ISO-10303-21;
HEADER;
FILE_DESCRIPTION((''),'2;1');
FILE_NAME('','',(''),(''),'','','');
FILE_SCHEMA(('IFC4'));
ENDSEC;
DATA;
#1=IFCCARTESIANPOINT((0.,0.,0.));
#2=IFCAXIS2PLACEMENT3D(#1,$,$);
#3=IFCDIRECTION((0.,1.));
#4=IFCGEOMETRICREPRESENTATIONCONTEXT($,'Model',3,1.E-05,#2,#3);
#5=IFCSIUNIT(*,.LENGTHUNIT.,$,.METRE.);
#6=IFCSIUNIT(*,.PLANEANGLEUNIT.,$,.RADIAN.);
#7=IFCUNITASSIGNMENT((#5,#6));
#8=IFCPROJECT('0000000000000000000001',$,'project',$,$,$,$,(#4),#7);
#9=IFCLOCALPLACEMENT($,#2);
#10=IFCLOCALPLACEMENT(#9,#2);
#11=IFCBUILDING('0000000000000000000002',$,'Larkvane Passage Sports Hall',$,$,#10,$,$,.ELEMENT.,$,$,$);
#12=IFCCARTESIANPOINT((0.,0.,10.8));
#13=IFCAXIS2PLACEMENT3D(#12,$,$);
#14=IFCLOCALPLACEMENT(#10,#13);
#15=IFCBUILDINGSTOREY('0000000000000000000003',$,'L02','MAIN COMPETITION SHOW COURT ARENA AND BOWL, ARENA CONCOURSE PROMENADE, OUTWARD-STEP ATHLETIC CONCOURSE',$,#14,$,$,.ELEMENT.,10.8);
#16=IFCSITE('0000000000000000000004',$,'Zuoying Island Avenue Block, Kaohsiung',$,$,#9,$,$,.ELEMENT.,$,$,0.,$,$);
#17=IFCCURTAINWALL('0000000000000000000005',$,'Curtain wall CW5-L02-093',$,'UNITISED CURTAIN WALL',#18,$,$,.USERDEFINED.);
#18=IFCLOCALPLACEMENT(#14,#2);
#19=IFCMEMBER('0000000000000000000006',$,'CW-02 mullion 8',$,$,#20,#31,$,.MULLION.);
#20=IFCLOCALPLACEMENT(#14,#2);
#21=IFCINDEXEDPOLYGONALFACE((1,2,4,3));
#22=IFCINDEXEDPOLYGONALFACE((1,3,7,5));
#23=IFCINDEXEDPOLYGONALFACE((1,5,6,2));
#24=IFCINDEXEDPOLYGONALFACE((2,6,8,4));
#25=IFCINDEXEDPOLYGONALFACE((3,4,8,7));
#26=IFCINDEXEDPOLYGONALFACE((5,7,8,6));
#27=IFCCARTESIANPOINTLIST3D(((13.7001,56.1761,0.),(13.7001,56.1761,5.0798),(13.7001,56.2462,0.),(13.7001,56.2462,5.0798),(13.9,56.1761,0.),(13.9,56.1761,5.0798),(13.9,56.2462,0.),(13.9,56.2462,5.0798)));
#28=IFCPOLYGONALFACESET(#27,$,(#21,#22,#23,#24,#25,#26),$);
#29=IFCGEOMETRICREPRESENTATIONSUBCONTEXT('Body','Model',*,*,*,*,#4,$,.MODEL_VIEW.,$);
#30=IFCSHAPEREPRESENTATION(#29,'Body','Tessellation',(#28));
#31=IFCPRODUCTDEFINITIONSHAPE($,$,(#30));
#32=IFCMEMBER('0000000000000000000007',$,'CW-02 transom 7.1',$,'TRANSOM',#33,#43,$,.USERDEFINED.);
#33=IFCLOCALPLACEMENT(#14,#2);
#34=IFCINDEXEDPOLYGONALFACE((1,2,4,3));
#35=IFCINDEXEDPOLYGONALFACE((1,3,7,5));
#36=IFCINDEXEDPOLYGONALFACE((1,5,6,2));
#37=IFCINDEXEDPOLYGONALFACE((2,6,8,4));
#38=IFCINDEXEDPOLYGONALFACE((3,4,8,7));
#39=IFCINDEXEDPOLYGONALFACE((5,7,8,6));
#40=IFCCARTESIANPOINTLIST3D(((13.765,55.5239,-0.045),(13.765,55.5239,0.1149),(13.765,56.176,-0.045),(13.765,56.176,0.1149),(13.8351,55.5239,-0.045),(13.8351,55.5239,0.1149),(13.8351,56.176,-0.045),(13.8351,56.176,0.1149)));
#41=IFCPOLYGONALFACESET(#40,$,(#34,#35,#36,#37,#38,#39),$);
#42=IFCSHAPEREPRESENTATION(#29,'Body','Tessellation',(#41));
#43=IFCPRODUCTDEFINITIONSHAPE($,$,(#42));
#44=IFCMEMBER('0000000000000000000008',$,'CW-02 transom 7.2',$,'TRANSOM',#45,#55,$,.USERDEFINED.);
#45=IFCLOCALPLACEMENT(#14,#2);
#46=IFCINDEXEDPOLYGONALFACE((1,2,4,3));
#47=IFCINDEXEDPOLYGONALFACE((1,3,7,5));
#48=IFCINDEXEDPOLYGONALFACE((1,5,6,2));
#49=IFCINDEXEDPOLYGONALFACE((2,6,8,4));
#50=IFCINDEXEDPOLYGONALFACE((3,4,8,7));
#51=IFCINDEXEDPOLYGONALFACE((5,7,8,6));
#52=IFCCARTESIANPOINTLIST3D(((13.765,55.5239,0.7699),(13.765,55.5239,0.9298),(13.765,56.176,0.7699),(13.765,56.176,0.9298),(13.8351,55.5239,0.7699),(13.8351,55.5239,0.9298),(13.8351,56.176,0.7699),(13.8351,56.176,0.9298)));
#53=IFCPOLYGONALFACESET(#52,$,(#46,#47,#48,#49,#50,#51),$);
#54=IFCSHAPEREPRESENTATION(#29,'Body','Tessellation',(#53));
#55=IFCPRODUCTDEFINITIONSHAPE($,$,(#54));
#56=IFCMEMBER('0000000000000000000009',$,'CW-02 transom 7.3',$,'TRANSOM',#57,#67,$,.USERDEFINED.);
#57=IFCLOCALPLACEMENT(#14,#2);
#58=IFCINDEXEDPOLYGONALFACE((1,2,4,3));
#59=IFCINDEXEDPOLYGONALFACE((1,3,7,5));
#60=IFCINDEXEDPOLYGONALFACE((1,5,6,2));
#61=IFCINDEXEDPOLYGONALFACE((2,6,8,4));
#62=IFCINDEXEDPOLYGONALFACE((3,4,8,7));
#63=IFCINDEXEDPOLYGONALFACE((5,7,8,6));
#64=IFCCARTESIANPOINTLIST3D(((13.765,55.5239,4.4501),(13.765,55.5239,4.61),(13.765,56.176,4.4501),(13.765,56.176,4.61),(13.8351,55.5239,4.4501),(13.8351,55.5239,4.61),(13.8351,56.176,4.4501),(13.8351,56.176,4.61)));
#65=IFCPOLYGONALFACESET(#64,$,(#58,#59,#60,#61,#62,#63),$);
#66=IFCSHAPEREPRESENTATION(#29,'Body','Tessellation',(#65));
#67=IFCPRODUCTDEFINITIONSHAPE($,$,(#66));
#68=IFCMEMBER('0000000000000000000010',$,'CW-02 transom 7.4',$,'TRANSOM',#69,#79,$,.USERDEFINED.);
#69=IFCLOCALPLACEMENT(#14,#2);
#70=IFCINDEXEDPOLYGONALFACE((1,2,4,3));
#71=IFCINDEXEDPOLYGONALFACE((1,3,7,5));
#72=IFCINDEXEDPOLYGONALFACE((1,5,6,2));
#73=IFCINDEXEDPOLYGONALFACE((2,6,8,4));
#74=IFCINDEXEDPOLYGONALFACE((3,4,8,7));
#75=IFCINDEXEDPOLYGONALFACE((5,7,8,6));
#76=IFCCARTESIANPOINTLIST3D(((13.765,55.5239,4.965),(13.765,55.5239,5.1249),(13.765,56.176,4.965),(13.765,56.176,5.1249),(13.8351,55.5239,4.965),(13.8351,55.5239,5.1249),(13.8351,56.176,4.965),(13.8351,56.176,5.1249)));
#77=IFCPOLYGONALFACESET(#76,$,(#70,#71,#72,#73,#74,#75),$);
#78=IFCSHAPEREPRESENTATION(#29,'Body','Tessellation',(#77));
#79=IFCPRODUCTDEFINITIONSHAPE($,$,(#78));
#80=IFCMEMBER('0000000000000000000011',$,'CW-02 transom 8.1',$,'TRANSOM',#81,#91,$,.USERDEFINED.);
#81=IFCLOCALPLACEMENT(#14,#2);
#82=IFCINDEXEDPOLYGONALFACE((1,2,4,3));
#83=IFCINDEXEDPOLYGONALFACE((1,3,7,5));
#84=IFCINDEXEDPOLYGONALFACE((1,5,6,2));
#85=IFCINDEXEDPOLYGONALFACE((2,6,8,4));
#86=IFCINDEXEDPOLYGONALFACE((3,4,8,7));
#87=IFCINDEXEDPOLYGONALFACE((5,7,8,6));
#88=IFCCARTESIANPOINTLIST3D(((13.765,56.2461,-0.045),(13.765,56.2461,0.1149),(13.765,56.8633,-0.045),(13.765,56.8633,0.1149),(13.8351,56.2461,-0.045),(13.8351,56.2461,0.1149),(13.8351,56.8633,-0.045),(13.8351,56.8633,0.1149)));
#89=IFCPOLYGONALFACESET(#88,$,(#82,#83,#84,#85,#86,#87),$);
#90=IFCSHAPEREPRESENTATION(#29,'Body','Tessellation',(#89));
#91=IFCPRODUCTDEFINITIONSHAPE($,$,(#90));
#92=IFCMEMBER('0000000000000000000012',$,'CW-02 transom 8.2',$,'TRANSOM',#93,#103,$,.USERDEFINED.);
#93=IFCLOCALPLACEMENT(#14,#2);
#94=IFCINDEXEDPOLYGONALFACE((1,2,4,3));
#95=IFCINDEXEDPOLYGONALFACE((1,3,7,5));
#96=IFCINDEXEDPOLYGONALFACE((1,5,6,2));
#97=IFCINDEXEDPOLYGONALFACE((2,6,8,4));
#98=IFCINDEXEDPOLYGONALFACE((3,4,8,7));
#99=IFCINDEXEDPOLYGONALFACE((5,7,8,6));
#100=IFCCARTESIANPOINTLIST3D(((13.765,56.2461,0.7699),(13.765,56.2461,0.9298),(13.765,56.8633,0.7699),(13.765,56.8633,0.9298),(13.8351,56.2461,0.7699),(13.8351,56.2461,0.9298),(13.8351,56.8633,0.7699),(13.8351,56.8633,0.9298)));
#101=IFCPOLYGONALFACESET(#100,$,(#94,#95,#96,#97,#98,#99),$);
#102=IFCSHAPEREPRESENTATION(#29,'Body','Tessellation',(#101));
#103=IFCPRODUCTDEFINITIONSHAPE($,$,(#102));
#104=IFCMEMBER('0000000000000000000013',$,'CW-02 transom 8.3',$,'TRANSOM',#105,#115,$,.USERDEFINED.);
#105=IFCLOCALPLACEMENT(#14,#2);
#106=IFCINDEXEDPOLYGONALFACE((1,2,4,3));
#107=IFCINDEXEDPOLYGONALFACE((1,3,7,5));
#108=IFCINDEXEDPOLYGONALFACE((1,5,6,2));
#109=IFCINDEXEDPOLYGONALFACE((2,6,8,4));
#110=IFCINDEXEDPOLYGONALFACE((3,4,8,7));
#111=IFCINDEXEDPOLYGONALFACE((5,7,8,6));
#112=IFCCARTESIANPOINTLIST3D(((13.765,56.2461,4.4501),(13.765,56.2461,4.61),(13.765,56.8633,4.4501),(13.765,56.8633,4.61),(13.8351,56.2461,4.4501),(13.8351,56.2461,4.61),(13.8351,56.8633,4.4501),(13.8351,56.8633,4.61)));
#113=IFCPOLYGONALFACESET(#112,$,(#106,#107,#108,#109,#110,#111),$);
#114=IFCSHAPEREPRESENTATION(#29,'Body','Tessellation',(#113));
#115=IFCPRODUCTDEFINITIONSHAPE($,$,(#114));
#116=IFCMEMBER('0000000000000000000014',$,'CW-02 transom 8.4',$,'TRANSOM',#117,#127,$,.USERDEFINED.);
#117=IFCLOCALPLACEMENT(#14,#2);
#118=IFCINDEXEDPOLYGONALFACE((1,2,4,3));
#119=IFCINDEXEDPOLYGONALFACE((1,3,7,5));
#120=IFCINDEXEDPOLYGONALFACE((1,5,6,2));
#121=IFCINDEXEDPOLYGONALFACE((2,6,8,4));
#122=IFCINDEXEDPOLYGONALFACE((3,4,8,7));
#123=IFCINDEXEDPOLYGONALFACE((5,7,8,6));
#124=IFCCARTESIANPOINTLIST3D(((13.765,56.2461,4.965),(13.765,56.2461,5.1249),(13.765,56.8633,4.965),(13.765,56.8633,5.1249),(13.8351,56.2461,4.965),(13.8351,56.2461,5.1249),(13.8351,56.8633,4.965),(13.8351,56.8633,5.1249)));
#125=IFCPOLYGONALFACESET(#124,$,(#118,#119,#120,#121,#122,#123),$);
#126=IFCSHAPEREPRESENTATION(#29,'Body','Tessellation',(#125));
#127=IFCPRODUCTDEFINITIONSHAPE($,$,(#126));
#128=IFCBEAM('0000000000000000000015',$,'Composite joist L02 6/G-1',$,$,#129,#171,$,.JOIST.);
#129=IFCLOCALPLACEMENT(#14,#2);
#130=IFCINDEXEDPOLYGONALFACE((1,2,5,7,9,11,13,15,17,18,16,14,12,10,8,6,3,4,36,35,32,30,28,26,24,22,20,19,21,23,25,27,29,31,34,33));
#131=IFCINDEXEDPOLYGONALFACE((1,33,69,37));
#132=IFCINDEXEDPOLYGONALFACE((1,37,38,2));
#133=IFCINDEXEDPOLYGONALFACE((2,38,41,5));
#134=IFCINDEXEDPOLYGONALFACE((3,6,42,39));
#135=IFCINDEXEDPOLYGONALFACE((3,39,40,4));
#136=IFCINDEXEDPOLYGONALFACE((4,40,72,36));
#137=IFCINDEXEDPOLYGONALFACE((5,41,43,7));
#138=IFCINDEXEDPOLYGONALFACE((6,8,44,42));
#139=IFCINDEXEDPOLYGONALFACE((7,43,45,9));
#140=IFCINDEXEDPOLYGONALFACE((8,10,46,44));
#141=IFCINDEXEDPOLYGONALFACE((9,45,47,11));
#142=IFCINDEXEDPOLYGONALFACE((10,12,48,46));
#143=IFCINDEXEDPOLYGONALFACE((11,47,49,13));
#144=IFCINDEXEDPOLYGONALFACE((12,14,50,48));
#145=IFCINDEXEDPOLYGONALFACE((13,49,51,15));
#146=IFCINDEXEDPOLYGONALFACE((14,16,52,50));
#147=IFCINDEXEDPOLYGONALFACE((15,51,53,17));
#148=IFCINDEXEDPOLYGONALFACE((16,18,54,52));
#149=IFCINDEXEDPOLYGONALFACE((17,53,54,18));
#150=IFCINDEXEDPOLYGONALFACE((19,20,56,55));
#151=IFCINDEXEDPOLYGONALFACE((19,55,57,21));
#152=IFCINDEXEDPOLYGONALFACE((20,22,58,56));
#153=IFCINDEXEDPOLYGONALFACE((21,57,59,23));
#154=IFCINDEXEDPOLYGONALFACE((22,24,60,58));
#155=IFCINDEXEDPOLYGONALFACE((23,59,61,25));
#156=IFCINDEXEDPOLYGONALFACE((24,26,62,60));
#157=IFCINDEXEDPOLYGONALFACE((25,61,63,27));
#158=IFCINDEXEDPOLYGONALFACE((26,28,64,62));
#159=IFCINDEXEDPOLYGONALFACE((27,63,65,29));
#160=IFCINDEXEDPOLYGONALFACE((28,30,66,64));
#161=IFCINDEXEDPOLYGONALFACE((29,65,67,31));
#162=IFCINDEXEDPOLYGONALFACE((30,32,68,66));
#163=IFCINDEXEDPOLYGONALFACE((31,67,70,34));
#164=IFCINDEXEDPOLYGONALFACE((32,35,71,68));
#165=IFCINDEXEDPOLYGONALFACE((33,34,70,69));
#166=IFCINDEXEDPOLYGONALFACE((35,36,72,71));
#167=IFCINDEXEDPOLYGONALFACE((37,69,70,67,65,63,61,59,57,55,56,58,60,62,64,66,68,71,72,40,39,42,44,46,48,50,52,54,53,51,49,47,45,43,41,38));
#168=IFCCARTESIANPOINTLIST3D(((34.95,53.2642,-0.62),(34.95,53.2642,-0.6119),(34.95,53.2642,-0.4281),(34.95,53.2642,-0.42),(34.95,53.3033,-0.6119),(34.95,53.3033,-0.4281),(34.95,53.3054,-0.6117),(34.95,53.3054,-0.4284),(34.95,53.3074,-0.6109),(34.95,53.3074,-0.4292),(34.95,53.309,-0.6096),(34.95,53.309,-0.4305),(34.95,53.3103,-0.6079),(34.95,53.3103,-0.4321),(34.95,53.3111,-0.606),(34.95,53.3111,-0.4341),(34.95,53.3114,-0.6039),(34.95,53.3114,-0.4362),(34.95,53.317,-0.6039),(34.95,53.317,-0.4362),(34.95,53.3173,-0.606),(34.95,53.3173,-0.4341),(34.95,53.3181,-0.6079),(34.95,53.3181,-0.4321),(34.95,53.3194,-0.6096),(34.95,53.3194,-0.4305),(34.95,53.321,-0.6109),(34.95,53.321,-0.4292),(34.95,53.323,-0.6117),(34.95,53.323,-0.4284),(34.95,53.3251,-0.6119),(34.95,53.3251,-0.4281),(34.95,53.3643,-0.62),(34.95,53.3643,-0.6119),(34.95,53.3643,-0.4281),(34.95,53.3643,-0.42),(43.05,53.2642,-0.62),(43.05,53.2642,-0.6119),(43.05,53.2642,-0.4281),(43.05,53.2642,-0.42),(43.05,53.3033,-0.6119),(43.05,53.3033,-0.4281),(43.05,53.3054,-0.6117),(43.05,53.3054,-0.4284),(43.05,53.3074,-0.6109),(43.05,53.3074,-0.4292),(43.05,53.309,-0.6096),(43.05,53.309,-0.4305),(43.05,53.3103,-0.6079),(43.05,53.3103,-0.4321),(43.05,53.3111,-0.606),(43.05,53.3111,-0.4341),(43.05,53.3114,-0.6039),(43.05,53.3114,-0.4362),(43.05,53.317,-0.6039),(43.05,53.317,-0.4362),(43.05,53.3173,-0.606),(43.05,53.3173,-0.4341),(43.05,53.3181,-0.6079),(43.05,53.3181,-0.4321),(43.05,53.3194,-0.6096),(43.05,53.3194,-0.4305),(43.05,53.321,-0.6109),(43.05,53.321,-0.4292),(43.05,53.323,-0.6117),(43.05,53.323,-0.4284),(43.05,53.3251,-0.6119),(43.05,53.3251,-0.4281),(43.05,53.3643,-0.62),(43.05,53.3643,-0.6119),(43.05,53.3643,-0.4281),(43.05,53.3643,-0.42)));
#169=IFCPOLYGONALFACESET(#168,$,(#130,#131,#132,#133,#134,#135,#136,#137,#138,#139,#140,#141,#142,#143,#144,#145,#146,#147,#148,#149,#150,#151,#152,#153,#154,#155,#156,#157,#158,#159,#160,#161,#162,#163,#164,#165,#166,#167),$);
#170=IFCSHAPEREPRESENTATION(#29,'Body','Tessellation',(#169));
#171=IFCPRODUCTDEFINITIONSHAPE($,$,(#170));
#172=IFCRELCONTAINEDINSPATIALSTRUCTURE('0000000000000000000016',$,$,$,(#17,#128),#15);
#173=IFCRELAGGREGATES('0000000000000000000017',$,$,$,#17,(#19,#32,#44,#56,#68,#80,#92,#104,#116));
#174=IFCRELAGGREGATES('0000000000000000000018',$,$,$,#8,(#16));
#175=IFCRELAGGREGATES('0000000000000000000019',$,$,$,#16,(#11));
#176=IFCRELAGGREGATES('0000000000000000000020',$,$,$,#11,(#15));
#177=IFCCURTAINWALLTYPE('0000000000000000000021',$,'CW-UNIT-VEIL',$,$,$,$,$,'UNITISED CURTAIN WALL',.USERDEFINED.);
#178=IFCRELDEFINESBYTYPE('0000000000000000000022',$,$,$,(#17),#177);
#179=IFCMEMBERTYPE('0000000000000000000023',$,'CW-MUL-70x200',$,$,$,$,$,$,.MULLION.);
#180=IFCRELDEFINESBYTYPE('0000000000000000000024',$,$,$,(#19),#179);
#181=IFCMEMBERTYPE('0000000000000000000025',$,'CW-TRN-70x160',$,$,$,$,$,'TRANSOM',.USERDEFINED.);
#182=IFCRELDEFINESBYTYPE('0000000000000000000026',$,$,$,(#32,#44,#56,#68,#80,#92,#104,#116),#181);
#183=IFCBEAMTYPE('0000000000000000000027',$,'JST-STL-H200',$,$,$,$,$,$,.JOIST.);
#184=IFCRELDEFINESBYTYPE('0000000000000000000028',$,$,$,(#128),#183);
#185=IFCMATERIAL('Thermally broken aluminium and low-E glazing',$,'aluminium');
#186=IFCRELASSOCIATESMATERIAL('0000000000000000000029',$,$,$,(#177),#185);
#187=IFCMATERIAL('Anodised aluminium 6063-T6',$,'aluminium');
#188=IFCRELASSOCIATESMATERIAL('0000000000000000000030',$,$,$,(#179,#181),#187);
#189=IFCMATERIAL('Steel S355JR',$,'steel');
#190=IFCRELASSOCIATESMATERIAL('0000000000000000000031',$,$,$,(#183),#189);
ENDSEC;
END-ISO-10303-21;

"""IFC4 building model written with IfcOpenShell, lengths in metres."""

from ifc_helpers import new_model, si_unit, direction, frame, origin, origin_2d, place, context, subcontext, project, spatial, rectangle, i_section, extrude, material, material_profile, profile_set, type_object, element, aggregate, save


model = new_model("IFC4")

# Units and contexts
model_context = context("Model", 3, precision=1e-05, world=origin(), true_north=direction((0.0, 1.0)))
body_context = subcontext(model_context, "Body", "Model", "MODEL_VIEW")
ifc_project = project(units=[si_unit("LENGTHUNIT", "METRE"), si_unit("PLANEANGLEUNIT", "RADIAN")], contexts=[model_context])

# Site, building, storey
site_placement = place(None, origin())
site = spatial("IfcSite", under=ifc_project, at=site_placement, Name="Zuoying Island Avenue Block, Kaohsiung", CompositionType="ELEMENT", RefElevation=0.0)
building_placement = place(site_placement, origin())
building = spatial("IfcBuilding", under=site, at=building_placement, Name="Larkvane Passage Sports Hall", CompositionType="ELEMENT")
storey_placement = place(building_placement, frame((0.0, 0.0, 10.8)))
storey = spatial("IfcBuildingStorey", under=building, at=storey_placement, Name="L02", Description="MAIN COMPETITION SHOW COURT ARENA AND BOWL, ARENA CONCOURSE PROMENADE, OUTWARD-STEP ATHLETIC CONCOURSE", CompositionType="ELEMENT", Elevation=10.8)

# Shared definitions
ifc_material_1 = material(Name="Steel S355JR", Category="steel")

# Curtain wall, members
ifc_material_2 = material(Name="Thermally broken aluminium and low-E glazing", Category="aluminium")
curtain_wall_type = type_object("IfcCurtainWallType", Name="CW-UNIT-VEIL", ElementType="UNITISED CURTAIN WALL", PredefinedType="USERDEFINED", material=ifc_material_2)
curtain_wall_placement = place(storey_placement, origin())
curtain_wall = element("IfcCurtainWall", 1, at=curtain_wall_placement, inside=storey, type_object=curtain_wall_type, Name="Curtain wall CW5-L02-093", ObjectType="UNITISED CURTAIN WALL", PredefinedType="USERDEFINED")
ifc_material_3 = material(Name="Anodised aluminium 6063-T6", Category="aluminium")
ifc_material_profile_1 = material_profile(ifc_material_3, rectangle(XDim=0.0701, YDim=0.2, at=origin_2d()), Name="ALU-MUL-70x200")
ifc_profile_set_1 = profile_set([ifc_material_profile_1], Name="Anodised aluminium 6063-T6")
member_type_1 = type_object("IfcMemberType", Name="CW-MUL-70x200", PredefinedType="MULLION", material=ifc_profile_set_1)
member_1_placement = place(storey_placement, frame((13.8, 56.2112, 0.0), z_axis=(0.0, 0.0, 1.0), x_axis=(0.0, 1.0, 0.0)))
member_1 = element("IfcMember", 2, at=member_1_placement, type_object=member_type_1, Name="CW-02 mullion 8", PredefinedType="MULLION", context=body_context, shape_type="SweptSolid", body=[
    extrude(rectangle(XDim=0.0701, YDim=0.2, at=origin_2d()), origin(), (0.0, 0.0, 1.0), 5.0798),
])
ifc_material_profile_2 = material_profile(ifc_material_3, rectangle(XDim=0.0701, YDim=0.1599, at=origin_2d()), Name="ALU-TRN-70x160")
ifc_profile_set_2 = profile_set([ifc_material_profile_2], Name="Anodised aluminium 6063-T6")
member_type_2 = type_object("IfcMemberType", Name="CW-TRN-70x160", ElementType="TRANSOM", PredefinedType="USERDEFINED", material=ifc_profile_set_2)
member_2_placement = place(storey_placement, frame((13.8, 55.5239, 0.0349), z_axis=(0.0, 1.0, 0.0), x_axis=(-1.0, 0.0, 0.0)))
member_2 = element("IfcMember", 3, at=member_2_placement, type_object=member_type_2, Name="CW-02 transom 7.1", ObjectType="TRANSOM", PredefinedType="USERDEFINED", context=body_context, shape_type="SweptSolid", body=[
    extrude(rectangle(XDim=0.0701, YDim=0.1599, at=origin_2d()), origin(), (0.0, 0.0, 1.0), 0.6521),
])
member_3_placement = place(storey_placement, frame((13.8, 55.5239, 0.8499), z_axis=(0.0, 1.0, 0.0), x_axis=(-1.0, 0.0, 0.0)))
member_3 = element("IfcMember", 4, at=member_3_placement, type_object=member_type_2, Name="CW-02 transom 7.2", ObjectType="TRANSOM", PredefinedType="USERDEFINED", context=body_context, shape_type="SweptSolid", body=[
    extrude(rectangle(XDim=0.0701, YDim=0.1599, at=origin_2d()), origin(), (0.0, 0.0, 1.0), 0.6521),
])
member_4_placement = place(storey_placement, frame((13.8, 55.5239, 4.53), z_axis=(0.0, 1.0, 0.0), x_axis=(-1.0, 0.0, 0.0)))
member_4 = element("IfcMember", 5, at=member_4_placement, type_object=member_type_2, Name="CW-02 transom 7.3", ObjectType="TRANSOM", PredefinedType="USERDEFINED", context=body_context, shape_type="SweptSolid", body=[
    extrude(rectangle(XDim=0.0701, YDim=0.1599, at=origin_2d()), origin(), (0.0, 0.0, 1.0), 0.6521),
])
member_5_placement = place(storey_placement, frame((13.8, 55.5239, 5.0449), z_axis=(0.0, 1.0, 0.0), x_axis=(-1.0, 0.0, 0.0)))
member_5 = element("IfcMember", 6, at=member_5_placement, type_object=member_type_2, Name="CW-02 transom 7.4", ObjectType="TRANSOM", PredefinedType="USERDEFINED", context=body_context, shape_type="SweptSolid", body=[
    extrude(rectangle(XDim=0.0701, YDim=0.1599, at=origin_2d()), origin(), (0.0, 0.0, 1.0), 0.6521),
])
member_6_placement = place(storey_placement, frame((13.8, 56.2461, 0.0349), z_axis=(0.0, 1.0, 0.0), x_axis=(-1.0, 0.0, 0.0)))
member_6 = element("IfcMember", 7, at=member_6_placement, type_object=member_type_2, Name="CW-02 transom 8.1", ObjectType="TRANSOM", PredefinedType="USERDEFINED", context=body_context, shape_type="SweptSolid", body=[
    extrude(rectangle(XDim=0.0701, YDim=0.1599, at=origin_2d()), origin(), (0.0, 0.0, 1.0), 0.6172),
])
member_7_placement = place(storey_placement, frame((13.8, 56.2461, 0.8499), z_axis=(0.0, 1.0, 0.0), x_axis=(-1.0, 0.0, 0.0)))
member_7 = element("IfcMember", 8, at=member_7_placement, type_object=member_type_2, Name="CW-02 transom 8.2", ObjectType="TRANSOM", PredefinedType="USERDEFINED", context=body_context, shape_type="SweptSolid", body=[
    extrude(rectangle(XDim=0.0701, YDim=0.1599, at=origin_2d()), origin(), (0.0, 0.0, 1.0), 0.6172),
])
member_8_placement = place(storey_placement, frame((13.8, 56.2461, 4.53), z_axis=(0.0, 1.0, 0.0), x_axis=(-1.0, 0.0, 0.0)))
member_8 = element("IfcMember", 9, at=member_8_placement, type_object=member_type_2, Name="CW-02 transom 8.3", ObjectType="TRANSOM", PredefinedType="USERDEFINED", context=body_context, shape_type="SweptSolid", body=[
    extrude(rectangle(XDim=0.0701, YDim=0.1599, at=origin_2d()), origin(), (0.0, 0.0, 1.0), 0.6172),
])
member_9_placement = place(storey_placement, frame((13.8, 56.2461, 5.0449), z_axis=(0.0, 1.0, 0.0), x_axis=(-1.0, 0.0, 0.0)))
member_9 = element("IfcMember", 10, at=member_9_placement, type_object=member_type_2, Name="CW-02 transom 8.4", ObjectType="TRANSOM", PredefinedType="USERDEFINED", context=body_context, shape_type="SweptSolid", body=[
    extrude(rectangle(XDim=0.0701, YDim=0.1599, at=origin_2d()), origin(), (0.0, 0.0, 1.0), 0.6172),
])

# Beam
ifc_material_profile_3 = material_profile(ifc_material_1, i_section(OverallWidth=0.1001, OverallDepth=0.2, WebThickness=0.0056, FlangeThickness=0.0081, FilletRadius=0.0081, at=origin_2d()), Name="H-200x100x5.5x8")
ifc_profile_set_3 = profile_set([ifc_material_profile_3], Name="Steel S355JR")
beam_type_1 = type_object("IfcBeamType", Name="JST-STL-H200", PredefinedType="JOIST", material=ifc_profile_set_3)
beam_1_placement = place(storey_placement, frame((34.95, 53.3142, -0.52), z_axis=(1.0, 0.0, 0.0), x_axis=(0.0, 1.0, 0.0)))
element("IfcBeam", 11, at=beam_1_placement, inside=storey, type_object=beam_type_1, Name="Composite joist L02 6/G-1", PredefinedType="JOIST", context=body_context, shape_type="SweptSolid", body=[
    extrude(i_section(OverallWidth=0.1001, OverallDepth=0.2, WebThickness=0.0056, FlangeThickness=0.0081, FilletRadius=0.0081, at=origin_2d()), origin(), (0.0, 0.0, 1.0), 8.1001),
])

aggregate(curtain_wall, [member_1, member_2, member_3, member_4, member_5, member_6, member_7, member_8, member_9])

save(model, "model.ifc")
